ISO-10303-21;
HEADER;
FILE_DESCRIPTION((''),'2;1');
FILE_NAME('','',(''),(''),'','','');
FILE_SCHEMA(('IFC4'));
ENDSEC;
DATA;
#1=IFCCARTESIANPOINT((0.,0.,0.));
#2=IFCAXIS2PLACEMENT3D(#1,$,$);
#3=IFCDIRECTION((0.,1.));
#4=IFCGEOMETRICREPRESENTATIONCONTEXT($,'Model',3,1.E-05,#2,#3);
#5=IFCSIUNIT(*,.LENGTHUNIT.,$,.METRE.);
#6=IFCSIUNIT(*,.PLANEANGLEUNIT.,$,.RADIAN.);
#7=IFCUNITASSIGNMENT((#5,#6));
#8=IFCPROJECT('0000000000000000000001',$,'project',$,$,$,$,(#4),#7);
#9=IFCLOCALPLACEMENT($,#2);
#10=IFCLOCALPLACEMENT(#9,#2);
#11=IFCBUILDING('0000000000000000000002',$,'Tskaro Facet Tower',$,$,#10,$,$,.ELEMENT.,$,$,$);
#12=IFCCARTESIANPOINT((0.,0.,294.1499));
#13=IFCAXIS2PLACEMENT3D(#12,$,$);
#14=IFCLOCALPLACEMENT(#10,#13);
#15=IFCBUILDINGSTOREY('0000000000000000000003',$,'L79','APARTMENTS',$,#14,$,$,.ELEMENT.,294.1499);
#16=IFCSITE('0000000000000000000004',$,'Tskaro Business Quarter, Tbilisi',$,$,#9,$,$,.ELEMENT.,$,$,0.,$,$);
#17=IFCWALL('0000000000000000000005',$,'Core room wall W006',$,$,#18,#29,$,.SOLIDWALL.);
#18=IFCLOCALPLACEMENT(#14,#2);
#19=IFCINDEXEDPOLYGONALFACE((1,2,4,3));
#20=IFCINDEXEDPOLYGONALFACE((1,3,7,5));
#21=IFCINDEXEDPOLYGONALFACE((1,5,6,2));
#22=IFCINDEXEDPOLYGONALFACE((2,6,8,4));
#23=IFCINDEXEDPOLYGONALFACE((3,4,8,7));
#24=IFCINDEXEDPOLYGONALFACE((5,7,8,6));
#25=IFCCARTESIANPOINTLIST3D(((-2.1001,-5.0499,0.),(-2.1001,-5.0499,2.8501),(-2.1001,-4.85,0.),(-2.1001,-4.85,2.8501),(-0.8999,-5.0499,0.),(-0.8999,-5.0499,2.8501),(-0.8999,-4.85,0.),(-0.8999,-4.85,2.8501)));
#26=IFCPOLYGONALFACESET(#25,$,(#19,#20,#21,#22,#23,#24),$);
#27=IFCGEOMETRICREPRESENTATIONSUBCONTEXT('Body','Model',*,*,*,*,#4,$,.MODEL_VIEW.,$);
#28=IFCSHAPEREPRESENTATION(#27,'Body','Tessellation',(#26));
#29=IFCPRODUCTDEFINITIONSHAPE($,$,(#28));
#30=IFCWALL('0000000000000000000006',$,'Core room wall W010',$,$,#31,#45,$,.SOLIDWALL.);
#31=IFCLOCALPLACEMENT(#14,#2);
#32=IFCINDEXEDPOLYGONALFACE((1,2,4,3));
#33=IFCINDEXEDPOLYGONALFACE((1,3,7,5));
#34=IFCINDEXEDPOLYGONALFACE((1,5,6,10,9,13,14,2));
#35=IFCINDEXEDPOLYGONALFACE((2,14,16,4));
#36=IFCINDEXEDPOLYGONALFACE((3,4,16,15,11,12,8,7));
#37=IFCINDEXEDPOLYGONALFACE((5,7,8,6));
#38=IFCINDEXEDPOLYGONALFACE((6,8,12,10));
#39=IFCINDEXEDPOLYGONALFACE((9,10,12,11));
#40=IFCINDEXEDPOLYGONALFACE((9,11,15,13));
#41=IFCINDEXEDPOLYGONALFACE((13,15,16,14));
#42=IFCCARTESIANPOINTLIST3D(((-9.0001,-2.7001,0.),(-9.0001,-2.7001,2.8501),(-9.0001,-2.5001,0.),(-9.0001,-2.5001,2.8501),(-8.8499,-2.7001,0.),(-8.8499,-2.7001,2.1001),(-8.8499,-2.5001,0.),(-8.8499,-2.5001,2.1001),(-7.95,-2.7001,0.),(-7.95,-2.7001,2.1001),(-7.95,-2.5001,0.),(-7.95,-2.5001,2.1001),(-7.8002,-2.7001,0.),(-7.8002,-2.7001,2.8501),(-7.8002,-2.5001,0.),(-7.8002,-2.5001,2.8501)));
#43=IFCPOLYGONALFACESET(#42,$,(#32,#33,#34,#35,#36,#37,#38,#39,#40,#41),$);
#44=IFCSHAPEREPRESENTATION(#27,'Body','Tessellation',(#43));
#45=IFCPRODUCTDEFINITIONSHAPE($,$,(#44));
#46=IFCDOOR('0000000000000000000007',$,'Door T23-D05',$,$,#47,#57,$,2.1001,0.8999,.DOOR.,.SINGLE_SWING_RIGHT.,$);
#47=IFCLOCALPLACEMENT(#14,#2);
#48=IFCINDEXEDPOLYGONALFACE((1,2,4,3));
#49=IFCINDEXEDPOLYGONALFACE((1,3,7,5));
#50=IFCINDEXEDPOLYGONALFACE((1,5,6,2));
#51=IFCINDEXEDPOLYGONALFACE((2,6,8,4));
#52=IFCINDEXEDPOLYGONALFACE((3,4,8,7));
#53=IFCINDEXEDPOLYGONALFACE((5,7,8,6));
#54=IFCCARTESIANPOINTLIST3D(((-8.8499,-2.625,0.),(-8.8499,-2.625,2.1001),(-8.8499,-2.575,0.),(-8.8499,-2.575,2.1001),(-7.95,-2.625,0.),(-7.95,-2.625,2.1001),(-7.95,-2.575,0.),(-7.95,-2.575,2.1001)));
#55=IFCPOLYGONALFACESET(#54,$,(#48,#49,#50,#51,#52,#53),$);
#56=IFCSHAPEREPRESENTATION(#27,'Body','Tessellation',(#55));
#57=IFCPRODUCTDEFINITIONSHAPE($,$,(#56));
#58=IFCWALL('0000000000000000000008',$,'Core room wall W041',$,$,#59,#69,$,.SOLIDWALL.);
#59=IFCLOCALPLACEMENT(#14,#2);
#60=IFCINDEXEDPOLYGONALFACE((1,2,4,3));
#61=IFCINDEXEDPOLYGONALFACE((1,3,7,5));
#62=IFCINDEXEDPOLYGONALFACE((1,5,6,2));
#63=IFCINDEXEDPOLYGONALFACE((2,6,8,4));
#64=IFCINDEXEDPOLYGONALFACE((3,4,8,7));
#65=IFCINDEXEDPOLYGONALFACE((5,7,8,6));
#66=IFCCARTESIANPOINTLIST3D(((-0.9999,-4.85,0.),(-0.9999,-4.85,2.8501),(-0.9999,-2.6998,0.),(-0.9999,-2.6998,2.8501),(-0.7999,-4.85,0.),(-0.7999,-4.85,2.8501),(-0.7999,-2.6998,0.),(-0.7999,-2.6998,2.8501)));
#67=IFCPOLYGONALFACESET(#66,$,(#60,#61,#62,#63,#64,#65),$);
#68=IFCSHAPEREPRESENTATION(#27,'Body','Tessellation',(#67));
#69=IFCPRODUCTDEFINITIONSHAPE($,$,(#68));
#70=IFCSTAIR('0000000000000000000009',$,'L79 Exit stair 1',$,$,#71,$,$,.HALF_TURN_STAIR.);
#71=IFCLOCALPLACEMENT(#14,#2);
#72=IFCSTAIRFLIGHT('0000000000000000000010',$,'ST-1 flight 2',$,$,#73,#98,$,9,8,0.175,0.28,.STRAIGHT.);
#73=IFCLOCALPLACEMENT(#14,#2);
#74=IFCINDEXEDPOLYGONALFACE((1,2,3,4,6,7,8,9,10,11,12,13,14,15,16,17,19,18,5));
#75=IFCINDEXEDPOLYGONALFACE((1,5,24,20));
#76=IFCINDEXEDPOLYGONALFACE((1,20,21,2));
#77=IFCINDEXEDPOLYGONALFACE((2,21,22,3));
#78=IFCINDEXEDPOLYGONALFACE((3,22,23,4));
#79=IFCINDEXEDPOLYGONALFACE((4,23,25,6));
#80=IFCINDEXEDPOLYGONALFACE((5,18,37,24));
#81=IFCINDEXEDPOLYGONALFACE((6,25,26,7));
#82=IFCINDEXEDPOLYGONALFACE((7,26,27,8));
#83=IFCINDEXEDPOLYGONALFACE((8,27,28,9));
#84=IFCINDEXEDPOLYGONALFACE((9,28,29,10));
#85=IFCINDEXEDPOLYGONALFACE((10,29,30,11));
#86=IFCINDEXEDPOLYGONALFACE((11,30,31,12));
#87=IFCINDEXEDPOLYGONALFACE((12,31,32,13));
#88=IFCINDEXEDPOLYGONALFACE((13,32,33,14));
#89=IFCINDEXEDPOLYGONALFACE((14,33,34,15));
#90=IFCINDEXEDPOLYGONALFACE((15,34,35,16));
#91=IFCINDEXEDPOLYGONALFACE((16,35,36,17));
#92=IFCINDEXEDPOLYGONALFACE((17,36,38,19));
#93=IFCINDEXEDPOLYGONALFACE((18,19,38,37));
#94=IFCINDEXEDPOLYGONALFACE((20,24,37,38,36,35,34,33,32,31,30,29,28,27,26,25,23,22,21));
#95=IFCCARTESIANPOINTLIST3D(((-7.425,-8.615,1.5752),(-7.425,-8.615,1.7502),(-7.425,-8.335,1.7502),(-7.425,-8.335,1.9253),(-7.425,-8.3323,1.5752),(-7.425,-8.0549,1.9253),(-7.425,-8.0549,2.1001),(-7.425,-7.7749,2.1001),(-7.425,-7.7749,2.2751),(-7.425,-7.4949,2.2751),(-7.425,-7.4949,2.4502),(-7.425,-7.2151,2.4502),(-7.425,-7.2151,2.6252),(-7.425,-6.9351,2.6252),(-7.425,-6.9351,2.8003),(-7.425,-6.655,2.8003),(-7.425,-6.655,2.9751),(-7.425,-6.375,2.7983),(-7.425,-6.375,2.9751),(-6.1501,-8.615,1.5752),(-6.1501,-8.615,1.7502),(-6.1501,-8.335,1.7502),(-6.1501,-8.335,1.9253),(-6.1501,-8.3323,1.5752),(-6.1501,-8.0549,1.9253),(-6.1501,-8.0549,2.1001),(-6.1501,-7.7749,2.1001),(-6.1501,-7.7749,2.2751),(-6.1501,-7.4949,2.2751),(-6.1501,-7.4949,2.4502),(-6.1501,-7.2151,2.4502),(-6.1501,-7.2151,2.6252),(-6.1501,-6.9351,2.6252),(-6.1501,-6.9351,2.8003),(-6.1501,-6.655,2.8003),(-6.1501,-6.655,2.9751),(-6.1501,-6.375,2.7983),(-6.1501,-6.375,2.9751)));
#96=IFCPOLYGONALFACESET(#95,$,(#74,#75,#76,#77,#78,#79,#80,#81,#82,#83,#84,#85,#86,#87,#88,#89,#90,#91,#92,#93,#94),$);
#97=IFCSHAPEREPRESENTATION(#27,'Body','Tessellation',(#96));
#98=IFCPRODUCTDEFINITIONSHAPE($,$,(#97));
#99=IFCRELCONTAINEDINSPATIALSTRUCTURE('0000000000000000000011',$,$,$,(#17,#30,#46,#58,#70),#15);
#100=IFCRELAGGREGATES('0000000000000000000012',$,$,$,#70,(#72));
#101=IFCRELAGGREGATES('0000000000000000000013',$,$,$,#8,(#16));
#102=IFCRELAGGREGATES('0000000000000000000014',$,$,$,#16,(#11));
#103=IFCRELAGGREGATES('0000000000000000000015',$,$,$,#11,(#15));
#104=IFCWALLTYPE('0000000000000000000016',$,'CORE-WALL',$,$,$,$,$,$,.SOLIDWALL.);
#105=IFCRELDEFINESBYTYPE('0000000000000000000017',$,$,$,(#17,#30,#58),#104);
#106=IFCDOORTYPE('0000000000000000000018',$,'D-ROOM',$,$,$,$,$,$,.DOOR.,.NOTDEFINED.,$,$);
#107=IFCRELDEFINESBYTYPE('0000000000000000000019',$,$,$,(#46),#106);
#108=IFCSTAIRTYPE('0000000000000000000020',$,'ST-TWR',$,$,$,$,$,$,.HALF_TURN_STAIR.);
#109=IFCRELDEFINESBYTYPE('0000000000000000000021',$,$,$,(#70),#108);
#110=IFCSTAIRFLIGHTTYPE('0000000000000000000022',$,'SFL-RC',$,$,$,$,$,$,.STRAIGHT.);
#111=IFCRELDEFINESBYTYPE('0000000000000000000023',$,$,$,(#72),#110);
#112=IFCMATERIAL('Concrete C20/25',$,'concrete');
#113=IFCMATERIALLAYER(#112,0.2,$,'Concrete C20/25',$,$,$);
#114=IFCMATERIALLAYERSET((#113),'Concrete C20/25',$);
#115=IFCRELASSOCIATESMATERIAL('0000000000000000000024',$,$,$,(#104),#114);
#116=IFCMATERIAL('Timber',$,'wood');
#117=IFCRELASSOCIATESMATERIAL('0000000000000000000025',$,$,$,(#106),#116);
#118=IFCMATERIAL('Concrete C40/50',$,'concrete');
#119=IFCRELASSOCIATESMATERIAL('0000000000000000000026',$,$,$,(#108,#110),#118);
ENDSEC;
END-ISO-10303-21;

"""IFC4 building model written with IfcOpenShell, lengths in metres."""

from ifc_helpers import new_model, si_unit, direction, frame, frame_2d, origin, place, context, subcontext, project, spatial, polyline, rectangle, outline, extrude, material, layer, layer_set, type_object, element, fill, aggregate, save


model = new_model("IFC4")

# Units and contexts
model_context = context("Model", 3, precision=1e-05, world=origin(), true_north=direction((0.0, 1.0)))
body_context = subcontext(model_context, "Body", "Model", "MODEL_VIEW")
ifc_project = project(units=[si_unit("LENGTHUNIT", "METRE"), si_unit("PLANEANGLEUNIT", "RADIAN")], contexts=[model_context])

# Site, building, storey
site_placement = place(None, origin())
site = spatial("IfcSite", under=ifc_project, at=site_placement, Name="Tskaro Business Quarter, Tbilisi", CompositionType="ELEMENT", RefElevation=0.0)
building_placement = place(site_placement, origin())
building = spatial("IfcBuilding", under=site, at=building_placement, Name="Tskaro Facet Tower", CompositionType="ELEMENT")
storey_placement = place(building_placement, frame((0.0, 0.0, 294.1499)))
storey = spatial("IfcBuildingStorey", under=building, at=storey_placement, Name="L79", Description="APARTMENTS", CompositionType="ELEMENT", Elevation=294.1499)

# Wall
ifc_material_1 = material(Name="Concrete C20/25", Category="concrete")
ifc_layer_1 = layer(ifc_material_1, 0.2, Name="Concrete C20/25")
ifc_layer_set_1 = layer_set([ifc_layer_1], Name="Concrete C20/25")
wall_type_1 = type_object("IfcWallType", Name="CORE-WALL", PredefinedType="SOLIDWALL", material=ifc_layer_set_1)
wall_1_placement = place(storey_placement, frame((-2.1001, -4.95, 0.0), z_axis=(0.0, 0.0, 1.0), x_axis=(1.0, 0.0, 0.0)))
element("IfcWall", 1, at=wall_1_placement, inside=storey, type_object=wall_type_1, Name="Core room wall W006", PredefinedType="SOLIDWALL", context=body_context, shape_type="SweptSolid", body=[
    extrude(rectangle(XDim=1.2002, YDim=0.2, at=frame_2d((0.6001, 0.0))), origin(), (0.0, 0.0, 1.0), 2.8501),
])

# Wall, opening, door
wall_2_placement = place(storey_placement, frame((-7.8, -2.6001, 0.0), z_axis=(0.0, 0.0, 1.0), x_axis=(-1.0, 0.0, 0.0)))
wall_2 = element("IfcWall", 2, at=wall_2_placement, inside=storey, type_object=wall_type_1, Name="Core room wall W010", PredefinedType="SOLIDWALL", context=body_context, shape_type="SweptSolid", body=[
    extrude(rectangle(XDim=1.2, YDim=0.2, at=frame_2d((0.6001, 0.0))), origin(), (0.0, 0.0, 1.0), 2.8501),
])
opening_1_placement = place(wall_2_placement, frame((0.1499, 0.0, 0.0)))
opening_1 = element("IfcOpeningElement", 3, at=opening_1_placement, cuts=wall_2, PredefinedType="OPENING", context=body_context, shape_type="SweptSolid", body=[
    extrude(rectangle(XDim=0.8999, YDim=2.1001, at=frame_2d((0.45, 1.05))), frame((0.0, 0.1099, 0.0), z_axis=(0.0, -1.0, 0.0), x_axis=(1.0, 0.0, 0.0)), (0.0, 0.0, 1.0), 0.22),
])
ifc_material_2 = material(Name="Timber", Category="wood")
door_type_1 = type_object("IfcDoorType", Name="D-ROOM", OperationType="NOTDEFINED", PredefinedType="DOOR", material=ifc_material_2)
door_1_placement = place(opening_1_placement, origin())
door_1 = element("IfcDoor", 4, at=door_1_placement, inside=storey, type_object=door_type_1, Name="Door T23-D05", OperationType="SINGLE_SWING_RIGHT", OverallHeight=2.1001, OverallWidth=0.8999, PredefinedType="DOOR", context=body_context, shape_type="SweptSolid", body=[
    extrude(rectangle(XDim=0.8999, YDim=2.1001, at=frame_2d((0.45, 1.05))), frame((0.0, 0.0249, 0.0), z_axis=(0.0, -1.0, 0.0), x_axis=(1.0, 0.0, 0.0)), (0.0, 0.0, 1.0), 0.05),
])
fill(opening_1, door_1)

# Wall
wall_3_placement = place(storey_placement, frame((-0.8999, -4.8501, 0.0), z_axis=(0.0, 0.0, 1.0), x_axis=(0.0, 1.0, 0.0)))
element("IfcWall", 5, at=wall_3_placement, inside=storey, type_object=wall_type_1, Name="Core room wall W041", PredefinedType="SOLIDWALL", context=body_context, shape_type="SweptSolid", body=[
    extrude(rectangle(XDim=2.1501, YDim=0.2, at=frame_2d((1.0752, 0.0))), origin(), (0.0, 0.0, 1.0), 2.8501),
])

# Stair, stair flight
ifc_material_3 = material(Name="Concrete C40/50", Category="concrete")
stair_type = type_object("IfcStairType", Name="ST-TWR", PredefinedType="HALF_TURN_STAIR", material=ifc_material_3)
stair_placement = place(storey_placement, origin())
stair = element("IfcStair", 6, at=stair_placement, inside=storey, type_object=stair_type, Name="L79 Exit stair 1", PredefinedType="HALF_TURN_STAIR")
stair_flight_type = type_object("IfcStairFlightType", Name="SFL-RC", PredefinedType="STRAIGHT", material=ifc_material_3)
stair_flight_placement = place(storey_placement, frame((-6.7876, -8.615, 1.5752), z_axis=(0.0, 0.0, 1.0), x_axis=(0.0, 1.0, 0.0)))
stair_flight = element("IfcStairFlight", 7, at=stair_flight_placement, type_object=stair_flight_type, Name="ST-1 flight 2", NumberOfRisers=9, NumberOfTreads=8, PredefinedType="STRAIGHT", RiserHeight=0.175, TreadLength=0.28, context=body_context, shape_type="SweptSolid", body=[
    extrude(outline(polyline([(0.0, 0.0), (0.0, 0.175), (0.28, 0.175), (0.28, 0.3501), (0.5601, 0.3501), (0.5601, 0.5249), (0.8401, 0.5249), (0.8401, 0.7), (1.1201, 0.7), (1.1201, 0.875), (1.3999, 0.875), (1.3999, 1.05), (1.6799, 1.05), (1.6799, 1.2251), (1.96, 1.2251), (1.96, 1.3999), (2.24, 1.3999), (2.24, 1.575), (2.24, 1.2231), (0.2827, 0.0), (0.0, 0.0)])), frame((0.0, 0.6375, 0.0), z_axis=(0.0, -1.0, 0.0), x_axis=(1.0, 0.0, 0.0)), (0.0, 0.0, 1.0), 1.2749),
])
aggregate(stair, [stair_flight])

save(model, "model.ifc")
